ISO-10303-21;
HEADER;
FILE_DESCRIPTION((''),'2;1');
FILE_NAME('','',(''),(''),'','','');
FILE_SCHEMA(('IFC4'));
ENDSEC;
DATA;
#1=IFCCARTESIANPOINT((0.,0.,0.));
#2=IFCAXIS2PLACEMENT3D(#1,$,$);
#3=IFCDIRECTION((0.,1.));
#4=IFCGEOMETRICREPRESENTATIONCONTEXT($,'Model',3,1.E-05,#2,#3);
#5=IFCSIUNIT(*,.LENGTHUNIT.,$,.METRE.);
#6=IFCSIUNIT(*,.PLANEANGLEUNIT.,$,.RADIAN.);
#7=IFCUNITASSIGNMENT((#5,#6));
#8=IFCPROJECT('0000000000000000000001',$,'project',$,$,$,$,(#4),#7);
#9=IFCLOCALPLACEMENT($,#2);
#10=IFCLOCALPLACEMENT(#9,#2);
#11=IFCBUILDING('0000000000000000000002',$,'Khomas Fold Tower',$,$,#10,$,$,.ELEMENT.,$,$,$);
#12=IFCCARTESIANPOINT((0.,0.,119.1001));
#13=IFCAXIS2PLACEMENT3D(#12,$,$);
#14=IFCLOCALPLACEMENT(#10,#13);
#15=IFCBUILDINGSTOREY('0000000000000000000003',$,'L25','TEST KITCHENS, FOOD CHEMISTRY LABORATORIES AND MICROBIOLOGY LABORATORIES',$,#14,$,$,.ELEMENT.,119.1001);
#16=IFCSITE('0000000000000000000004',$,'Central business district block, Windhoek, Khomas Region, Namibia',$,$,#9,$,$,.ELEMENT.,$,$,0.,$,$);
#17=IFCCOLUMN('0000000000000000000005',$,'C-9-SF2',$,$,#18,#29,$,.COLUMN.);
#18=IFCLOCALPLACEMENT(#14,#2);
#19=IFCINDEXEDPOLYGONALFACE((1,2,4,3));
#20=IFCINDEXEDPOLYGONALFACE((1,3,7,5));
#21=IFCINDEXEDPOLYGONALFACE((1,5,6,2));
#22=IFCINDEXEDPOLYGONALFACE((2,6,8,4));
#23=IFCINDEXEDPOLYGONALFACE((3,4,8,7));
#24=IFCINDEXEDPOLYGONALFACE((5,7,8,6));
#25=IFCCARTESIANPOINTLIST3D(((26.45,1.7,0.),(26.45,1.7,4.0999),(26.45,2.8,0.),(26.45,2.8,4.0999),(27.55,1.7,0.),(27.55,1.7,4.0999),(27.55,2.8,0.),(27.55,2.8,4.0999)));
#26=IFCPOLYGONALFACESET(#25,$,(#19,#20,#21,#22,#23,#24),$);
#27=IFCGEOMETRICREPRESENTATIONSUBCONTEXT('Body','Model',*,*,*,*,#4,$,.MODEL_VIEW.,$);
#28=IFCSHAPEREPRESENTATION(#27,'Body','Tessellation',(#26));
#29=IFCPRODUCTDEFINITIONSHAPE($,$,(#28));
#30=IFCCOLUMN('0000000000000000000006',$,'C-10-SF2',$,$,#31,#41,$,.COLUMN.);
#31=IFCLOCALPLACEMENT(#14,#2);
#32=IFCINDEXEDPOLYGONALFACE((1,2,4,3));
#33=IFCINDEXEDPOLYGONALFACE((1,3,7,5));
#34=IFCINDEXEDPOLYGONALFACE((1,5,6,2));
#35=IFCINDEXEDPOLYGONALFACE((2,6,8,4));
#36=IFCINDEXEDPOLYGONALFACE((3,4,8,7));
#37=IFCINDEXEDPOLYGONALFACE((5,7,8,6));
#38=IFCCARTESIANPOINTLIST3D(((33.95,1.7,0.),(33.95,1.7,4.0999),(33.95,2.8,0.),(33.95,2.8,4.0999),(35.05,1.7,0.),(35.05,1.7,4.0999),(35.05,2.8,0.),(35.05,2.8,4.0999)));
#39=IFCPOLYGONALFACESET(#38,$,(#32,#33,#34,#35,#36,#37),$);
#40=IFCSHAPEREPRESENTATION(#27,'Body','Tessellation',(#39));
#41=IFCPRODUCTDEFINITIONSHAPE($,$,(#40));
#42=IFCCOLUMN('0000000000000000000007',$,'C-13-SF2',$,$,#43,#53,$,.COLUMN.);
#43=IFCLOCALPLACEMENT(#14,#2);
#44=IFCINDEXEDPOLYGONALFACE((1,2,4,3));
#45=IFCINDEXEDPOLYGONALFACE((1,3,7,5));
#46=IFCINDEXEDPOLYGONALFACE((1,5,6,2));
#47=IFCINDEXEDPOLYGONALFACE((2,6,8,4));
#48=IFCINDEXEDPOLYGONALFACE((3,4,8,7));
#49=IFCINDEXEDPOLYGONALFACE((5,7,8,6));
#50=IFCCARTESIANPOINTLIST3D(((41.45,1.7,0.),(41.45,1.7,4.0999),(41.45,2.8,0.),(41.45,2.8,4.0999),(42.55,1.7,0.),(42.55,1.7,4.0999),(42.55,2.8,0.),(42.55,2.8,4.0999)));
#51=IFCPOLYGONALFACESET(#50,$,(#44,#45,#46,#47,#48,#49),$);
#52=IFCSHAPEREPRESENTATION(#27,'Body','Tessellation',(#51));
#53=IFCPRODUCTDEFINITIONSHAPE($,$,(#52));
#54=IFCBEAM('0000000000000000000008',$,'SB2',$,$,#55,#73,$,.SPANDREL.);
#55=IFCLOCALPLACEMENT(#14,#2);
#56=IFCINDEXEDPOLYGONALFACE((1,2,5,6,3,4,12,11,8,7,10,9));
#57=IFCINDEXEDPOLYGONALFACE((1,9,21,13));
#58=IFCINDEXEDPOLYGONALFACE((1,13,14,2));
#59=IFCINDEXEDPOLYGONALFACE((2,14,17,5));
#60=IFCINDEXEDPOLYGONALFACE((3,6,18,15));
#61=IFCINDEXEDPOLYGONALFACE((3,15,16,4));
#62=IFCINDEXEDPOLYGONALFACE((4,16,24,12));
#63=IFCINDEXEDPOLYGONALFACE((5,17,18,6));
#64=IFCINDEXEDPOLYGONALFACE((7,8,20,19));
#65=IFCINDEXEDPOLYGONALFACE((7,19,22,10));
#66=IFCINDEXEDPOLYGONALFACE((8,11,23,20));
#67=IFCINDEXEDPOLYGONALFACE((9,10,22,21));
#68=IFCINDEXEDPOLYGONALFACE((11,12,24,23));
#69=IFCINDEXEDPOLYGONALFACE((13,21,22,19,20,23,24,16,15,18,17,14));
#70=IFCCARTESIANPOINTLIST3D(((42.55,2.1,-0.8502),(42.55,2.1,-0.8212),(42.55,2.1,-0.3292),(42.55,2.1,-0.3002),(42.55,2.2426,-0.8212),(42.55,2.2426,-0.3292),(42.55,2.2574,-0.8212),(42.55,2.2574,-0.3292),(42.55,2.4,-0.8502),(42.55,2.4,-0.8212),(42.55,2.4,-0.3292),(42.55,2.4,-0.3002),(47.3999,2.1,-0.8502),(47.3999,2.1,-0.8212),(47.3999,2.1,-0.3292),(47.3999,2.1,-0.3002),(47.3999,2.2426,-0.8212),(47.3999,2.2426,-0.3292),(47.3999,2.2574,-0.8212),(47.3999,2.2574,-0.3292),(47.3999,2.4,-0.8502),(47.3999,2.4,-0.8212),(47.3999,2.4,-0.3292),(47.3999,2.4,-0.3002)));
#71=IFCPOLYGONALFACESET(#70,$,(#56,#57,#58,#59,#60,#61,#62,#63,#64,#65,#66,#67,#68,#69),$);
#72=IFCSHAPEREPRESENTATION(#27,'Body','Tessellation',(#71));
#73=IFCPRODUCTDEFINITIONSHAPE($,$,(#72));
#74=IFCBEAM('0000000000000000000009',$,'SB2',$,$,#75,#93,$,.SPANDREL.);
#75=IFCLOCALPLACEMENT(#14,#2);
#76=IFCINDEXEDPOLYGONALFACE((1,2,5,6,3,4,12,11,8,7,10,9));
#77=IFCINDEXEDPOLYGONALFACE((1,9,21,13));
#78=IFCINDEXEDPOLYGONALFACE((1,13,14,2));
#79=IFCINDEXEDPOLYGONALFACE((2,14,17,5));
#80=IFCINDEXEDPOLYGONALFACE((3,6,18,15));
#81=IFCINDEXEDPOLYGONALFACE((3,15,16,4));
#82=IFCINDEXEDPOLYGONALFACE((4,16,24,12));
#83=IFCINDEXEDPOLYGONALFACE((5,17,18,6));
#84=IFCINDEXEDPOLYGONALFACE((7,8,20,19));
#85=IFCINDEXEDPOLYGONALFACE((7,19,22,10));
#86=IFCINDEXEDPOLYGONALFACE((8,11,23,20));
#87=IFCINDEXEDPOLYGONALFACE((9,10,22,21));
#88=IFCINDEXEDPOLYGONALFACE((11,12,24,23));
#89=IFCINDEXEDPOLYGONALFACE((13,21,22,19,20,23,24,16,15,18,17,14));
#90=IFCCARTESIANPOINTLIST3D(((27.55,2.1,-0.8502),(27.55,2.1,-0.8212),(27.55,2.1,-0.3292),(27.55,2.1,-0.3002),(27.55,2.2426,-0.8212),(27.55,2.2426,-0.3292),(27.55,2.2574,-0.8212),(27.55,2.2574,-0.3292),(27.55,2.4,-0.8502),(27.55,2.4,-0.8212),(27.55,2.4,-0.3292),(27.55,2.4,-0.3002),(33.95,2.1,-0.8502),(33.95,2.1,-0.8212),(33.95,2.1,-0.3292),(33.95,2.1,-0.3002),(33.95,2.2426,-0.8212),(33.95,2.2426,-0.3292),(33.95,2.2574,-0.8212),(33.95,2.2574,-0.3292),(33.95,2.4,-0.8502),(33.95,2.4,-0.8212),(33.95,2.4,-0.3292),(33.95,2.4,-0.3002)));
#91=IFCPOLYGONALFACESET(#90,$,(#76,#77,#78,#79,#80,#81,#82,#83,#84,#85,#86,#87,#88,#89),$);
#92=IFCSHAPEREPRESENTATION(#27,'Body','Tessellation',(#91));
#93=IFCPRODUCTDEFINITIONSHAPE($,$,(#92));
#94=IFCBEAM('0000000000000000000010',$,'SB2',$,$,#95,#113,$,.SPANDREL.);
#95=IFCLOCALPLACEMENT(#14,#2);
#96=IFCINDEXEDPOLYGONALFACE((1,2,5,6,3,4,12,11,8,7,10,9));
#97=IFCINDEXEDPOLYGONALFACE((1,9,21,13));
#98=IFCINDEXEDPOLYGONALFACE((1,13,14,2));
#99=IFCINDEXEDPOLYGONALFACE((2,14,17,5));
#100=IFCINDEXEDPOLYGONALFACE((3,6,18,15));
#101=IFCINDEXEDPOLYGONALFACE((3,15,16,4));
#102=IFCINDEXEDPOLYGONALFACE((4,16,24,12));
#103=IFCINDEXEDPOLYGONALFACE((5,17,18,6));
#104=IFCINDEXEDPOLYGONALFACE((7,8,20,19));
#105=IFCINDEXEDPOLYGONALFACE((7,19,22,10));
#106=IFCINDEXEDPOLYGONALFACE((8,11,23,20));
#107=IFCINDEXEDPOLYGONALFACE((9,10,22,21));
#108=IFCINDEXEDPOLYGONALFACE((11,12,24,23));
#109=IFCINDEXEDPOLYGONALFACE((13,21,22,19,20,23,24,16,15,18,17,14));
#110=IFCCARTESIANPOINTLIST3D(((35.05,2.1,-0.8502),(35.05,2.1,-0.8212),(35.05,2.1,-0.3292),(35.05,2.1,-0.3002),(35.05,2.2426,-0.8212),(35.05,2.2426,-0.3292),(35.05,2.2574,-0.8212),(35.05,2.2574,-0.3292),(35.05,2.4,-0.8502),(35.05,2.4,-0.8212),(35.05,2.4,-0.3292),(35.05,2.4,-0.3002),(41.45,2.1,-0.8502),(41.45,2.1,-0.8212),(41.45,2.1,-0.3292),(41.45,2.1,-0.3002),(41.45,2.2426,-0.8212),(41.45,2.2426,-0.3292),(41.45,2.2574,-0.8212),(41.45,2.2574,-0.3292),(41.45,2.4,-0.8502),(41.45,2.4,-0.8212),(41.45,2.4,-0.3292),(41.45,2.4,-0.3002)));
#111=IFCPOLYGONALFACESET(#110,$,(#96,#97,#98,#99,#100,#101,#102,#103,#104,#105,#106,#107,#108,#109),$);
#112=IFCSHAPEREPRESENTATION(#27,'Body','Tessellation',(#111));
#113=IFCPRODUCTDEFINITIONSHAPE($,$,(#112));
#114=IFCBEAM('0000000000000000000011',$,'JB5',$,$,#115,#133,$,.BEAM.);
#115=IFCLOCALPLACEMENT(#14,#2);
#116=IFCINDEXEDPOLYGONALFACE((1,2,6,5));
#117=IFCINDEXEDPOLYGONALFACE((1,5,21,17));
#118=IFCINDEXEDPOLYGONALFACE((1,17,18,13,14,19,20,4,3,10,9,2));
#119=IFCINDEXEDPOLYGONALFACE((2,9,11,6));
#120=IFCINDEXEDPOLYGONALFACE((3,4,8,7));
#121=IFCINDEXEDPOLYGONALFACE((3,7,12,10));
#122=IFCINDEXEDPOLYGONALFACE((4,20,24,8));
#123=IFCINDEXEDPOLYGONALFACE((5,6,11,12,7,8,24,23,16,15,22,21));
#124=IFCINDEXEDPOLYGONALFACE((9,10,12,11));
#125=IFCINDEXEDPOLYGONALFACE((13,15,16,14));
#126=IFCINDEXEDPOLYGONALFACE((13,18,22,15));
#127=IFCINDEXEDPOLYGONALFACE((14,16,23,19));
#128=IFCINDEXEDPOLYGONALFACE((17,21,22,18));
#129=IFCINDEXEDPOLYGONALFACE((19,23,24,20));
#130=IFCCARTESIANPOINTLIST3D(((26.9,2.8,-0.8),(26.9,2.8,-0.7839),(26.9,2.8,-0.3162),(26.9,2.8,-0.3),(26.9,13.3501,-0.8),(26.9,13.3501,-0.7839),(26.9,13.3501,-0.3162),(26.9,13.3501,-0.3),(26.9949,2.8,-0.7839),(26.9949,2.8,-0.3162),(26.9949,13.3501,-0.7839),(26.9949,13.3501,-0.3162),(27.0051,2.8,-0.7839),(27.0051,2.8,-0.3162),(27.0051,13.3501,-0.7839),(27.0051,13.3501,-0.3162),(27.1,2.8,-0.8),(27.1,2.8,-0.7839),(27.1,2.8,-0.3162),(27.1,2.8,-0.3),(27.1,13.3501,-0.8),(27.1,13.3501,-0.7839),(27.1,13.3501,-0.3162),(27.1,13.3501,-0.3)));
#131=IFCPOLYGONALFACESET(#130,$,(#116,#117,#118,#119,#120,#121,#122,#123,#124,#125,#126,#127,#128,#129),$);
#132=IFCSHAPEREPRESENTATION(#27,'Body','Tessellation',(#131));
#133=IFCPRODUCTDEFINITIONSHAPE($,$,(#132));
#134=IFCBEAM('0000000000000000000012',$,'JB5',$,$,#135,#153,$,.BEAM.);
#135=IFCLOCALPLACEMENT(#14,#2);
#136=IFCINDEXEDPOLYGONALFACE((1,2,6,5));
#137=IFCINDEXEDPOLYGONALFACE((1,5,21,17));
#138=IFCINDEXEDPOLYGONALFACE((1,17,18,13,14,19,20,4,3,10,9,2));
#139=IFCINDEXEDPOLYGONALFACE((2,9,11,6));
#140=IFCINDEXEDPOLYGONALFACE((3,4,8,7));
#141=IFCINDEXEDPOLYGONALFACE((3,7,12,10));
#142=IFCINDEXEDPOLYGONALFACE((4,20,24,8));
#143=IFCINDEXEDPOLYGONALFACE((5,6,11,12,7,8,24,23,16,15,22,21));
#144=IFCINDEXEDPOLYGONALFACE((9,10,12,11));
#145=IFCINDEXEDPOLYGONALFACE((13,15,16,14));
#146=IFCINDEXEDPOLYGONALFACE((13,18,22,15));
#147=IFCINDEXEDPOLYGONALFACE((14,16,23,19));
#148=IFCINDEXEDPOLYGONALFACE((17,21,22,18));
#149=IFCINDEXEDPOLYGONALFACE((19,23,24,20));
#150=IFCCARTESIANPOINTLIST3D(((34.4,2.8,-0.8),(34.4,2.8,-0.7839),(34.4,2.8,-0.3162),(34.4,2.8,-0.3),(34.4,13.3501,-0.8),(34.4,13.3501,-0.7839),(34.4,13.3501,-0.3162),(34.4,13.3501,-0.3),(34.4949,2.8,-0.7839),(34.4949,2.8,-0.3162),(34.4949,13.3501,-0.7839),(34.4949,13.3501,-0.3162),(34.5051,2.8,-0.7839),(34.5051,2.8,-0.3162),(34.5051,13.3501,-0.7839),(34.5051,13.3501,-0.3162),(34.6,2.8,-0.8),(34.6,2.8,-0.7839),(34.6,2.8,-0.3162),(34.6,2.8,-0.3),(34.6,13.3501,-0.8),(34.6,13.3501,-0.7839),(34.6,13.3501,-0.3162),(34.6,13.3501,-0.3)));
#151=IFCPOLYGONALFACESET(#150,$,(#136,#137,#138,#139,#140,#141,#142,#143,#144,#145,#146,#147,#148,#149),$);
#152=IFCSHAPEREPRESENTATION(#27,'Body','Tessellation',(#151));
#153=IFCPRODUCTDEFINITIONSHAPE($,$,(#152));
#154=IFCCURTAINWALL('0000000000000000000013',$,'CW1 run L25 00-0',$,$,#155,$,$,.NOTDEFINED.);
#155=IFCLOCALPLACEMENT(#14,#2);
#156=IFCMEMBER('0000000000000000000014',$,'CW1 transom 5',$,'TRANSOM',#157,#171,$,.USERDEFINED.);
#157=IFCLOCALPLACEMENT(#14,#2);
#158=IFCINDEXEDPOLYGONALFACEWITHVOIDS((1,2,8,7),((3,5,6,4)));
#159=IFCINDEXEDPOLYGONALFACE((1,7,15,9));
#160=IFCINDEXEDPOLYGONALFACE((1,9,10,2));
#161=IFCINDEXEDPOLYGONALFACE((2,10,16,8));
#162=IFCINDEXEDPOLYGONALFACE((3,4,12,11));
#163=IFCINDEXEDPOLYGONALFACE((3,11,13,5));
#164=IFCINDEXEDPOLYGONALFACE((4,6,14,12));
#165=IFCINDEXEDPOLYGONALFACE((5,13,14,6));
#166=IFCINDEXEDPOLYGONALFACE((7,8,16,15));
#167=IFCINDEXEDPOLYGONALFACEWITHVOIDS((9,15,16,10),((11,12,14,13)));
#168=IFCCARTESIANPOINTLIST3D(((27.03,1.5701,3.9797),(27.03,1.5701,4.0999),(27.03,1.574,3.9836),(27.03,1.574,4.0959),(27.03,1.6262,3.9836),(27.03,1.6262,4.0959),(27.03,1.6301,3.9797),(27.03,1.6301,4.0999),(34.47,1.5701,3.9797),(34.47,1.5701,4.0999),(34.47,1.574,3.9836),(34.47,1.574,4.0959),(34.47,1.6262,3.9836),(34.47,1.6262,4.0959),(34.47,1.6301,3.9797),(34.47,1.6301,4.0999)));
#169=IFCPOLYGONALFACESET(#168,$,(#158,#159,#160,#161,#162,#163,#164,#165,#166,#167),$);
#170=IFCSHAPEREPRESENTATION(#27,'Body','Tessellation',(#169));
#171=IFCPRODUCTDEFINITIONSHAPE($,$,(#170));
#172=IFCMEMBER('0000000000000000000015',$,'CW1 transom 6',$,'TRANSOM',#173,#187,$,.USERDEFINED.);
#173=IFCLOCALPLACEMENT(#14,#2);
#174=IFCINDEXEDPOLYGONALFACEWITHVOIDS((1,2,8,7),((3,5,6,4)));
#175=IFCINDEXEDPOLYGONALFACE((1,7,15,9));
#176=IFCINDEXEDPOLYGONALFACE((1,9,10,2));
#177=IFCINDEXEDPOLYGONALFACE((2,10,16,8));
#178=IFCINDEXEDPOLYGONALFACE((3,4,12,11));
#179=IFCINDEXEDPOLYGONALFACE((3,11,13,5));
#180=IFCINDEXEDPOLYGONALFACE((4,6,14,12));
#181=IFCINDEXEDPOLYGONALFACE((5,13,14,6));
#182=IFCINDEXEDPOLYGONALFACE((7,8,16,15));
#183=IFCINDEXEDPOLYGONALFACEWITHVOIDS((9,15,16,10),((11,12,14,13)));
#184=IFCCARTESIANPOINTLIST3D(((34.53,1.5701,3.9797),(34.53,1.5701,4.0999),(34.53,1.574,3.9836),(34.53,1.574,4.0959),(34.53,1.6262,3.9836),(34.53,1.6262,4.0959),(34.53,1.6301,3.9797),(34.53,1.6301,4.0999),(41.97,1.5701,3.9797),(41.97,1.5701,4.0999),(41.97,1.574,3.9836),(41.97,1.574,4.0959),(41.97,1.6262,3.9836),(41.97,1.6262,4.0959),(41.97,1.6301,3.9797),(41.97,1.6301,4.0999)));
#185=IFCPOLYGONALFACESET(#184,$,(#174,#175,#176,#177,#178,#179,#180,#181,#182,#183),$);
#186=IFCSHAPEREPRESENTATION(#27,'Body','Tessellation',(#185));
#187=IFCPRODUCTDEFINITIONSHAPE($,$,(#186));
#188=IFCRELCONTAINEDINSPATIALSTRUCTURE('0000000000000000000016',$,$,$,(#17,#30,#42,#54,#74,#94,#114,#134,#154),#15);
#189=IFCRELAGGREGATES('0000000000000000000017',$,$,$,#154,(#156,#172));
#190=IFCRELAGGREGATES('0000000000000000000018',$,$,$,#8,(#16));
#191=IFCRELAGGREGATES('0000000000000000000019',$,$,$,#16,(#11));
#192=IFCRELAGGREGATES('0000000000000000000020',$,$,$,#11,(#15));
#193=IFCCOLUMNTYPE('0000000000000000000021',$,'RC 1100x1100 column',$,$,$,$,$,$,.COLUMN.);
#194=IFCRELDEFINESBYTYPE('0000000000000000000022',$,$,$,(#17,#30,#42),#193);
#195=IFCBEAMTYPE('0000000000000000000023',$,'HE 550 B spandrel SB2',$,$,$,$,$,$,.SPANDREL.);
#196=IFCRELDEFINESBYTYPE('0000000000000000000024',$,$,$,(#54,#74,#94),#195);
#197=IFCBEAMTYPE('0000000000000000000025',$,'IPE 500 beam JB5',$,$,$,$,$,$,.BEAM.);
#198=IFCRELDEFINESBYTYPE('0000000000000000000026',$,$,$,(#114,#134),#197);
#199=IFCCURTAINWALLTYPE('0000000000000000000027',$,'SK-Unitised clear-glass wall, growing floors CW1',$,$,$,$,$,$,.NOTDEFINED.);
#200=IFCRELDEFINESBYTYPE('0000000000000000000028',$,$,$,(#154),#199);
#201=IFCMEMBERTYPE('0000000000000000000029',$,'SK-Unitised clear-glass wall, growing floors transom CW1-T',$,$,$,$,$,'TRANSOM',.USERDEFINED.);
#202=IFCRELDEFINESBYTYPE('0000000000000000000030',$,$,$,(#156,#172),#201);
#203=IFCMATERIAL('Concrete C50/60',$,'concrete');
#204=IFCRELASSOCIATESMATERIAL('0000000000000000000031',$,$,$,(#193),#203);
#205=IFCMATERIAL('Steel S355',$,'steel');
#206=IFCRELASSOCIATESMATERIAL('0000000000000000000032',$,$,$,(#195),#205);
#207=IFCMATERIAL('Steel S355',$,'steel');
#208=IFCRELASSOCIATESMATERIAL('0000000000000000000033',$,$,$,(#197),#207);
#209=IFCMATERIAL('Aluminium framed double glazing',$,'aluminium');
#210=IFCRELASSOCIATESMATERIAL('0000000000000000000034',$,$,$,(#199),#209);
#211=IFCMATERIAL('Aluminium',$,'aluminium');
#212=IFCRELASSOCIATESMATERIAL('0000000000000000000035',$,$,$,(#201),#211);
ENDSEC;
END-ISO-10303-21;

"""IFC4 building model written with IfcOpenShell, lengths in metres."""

from ifc_helpers import new_model, si_unit, direction, frame, origin, origin_2d, place, context, subcontext, project, spatial, rectangle, hollow_rectangle, i_section, extrude, source, transform, mapped, material, material_profile, profile_set, type_object, element, aggregate, save


model = new_model("IFC4")

# Units and contexts
model_context = context("Model", 3, precision=1e-05, world=origin(), true_north=direction((0.0, 1.0)))
body_context = subcontext(model_context, "Body", "Model", "MODEL_VIEW")
ifc_project = project(units=[si_unit("LENGTHUNIT", "METRE"), si_unit("PLANEANGLEUNIT", "RADIAN")], contexts=[model_context])

# Site, building, storey
site_placement = place(None, origin())
site = spatial("IfcSite", under=ifc_project, at=site_placement, Name="Central business district block, Windhoek, Khomas Region, Namibia", CompositionType="ELEMENT", RefElevation=0.0)
building_placement = place(site_placement, origin())
building = spatial("IfcBuilding", under=site, at=building_placement, Name="Khomas Fold Tower", CompositionType="ELEMENT")
storey_placement = place(building_placement, frame((0.0, 0.0, 119.1001)))
storey = spatial("IfcBuildingStorey", under=building, at=storey_placement, Name="L25", Description="TEST KITCHENS, FOOD CHEMISTRY LABORATORIES AND MICROBIOLOGY LABORATORIES", CompositionType="ELEMENT", Elevation=119.1001)

# Columns
ifc_material_1 = material(Name="Concrete C50/60", Category="concrete")
ifc_material_profile_1 = material_profile(ifc_material_1, rectangle(XDim=1.1001, YDim=1.1001, at=origin_2d()), Name="RC 1100x1100")
ifc_profile_set_1 = profile_set([ifc_material_profile_1], Name="Concrete C50/60")
column_type = type_object("IfcColumnType", Name="RC 1100x1100 column", PredefinedType="COLUMN", material=ifc_profile_set_1)
shared_shape_1 = source(origin(), body_context, "Body", "SweptSolid", [
    extrude(rectangle(XDim=1.1001, YDim=1.1001, at=origin_2d()), origin(), (0.0, 0.0, 1.0), 4.0999),
])
for number, where, z_axis, x_axis, name in (
    (1, (27.0, 2.25, 0.0), (0.0, 0.0, 1.0), (1.0, 0.0, 0.0), "C-9-SF2"),
    (2, (34.5, 2.25, 0.0), (0.0, 0.0, 1.0), (1.0, 0.0, 0.0), "C-10-SF2"),
    (3, (42.0, 2.25, 0.0), (0.0, 0.0, 1.0), (1.0, 0.0, 0.0), "C-13-SF2"),
):
    element("IfcColumn", number, at=place(storey_placement, frame(where, z_axis=z_axis, x_axis=x_axis)), inside=storey, type_object=column_type, Name=name, PredefinedType="COLUMN", context=body_context, shape_type="MappedRepresentation", body=[
        mapped(shared_shape_1, transform((0.0, 0.0, 0.0))),
    ])

# Beams
ifc_material_2 = material(Name="Steel S355", Category="steel")
ifc_material_profile_2 = material_profile(ifc_material_2, i_section(OverallWidth=0.3, OverallDepth=0.55, WebThickness=0.0149, FlangeThickness=0.0291, at=origin_2d()), Name="HE 550 B")
ifc_profile_set_2 = profile_set([ifc_material_profile_2], Name="Steel S355")
beam_type_1 = type_object("IfcBeamType", Name="HE 550 B spandrel SB2", PredefinedType="SPANDREL", material=ifc_profile_set_2)
shared_shape_2 = source(origin(), body_context, "Body", "SweptSolid", [
    extrude(i_section(OverallWidth=0.3, OverallDepth=0.55, WebThickness=0.0149, FlangeThickness=0.0291, at=origin_2d()), origin(), (0.0, 0.0, 1.0), 4.8499),
])
beam_placement = place(storey_placement, frame((42.55, 2.25, -0.5752), z_axis=(1.0, 0.0, 0.0), x_axis=(0.0, 1.0, 0.0)))
element("IfcBeam", 4, at=beam_placement, inside=storey, type_object=beam_type_1, Name="SB2", PredefinedType="SPANDREL", context=body_context, shape_type="MappedRepresentation", body=[
    mapped(shared_shape_2, transform((0.0, 0.0, 0.0))),
])
shared_shape_3 = source(origin(), body_context, "Body", "SweptSolid", [
    extrude(i_section(OverallWidth=0.3, OverallDepth=0.55, WebThickness=0.0149, FlangeThickness=0.0291, at=origin_2d()), origin(), (0.0, 0.0, 1.0), 6.3999),
])
for number, where, z_axis, x_axis, name in (
    (5, (27.55, 2.25, -0.5752), (1.0, 0.0, 0.0), (0.0, 1.0, 0.0), "SB2"),
    (6, (35.05, 2.25, -0.5752), (1.0, 0.0, 0.0), (0.0, 1.0, 0.0), "SB2"),
):
    element("IfcBeam", number, at=place(storey_placement, frame(where, z_axis=z_axis, x_axis=x_axis)), inside=storey, type_object=beam_type_1, Name=name, PredefinedType="SPANDREL", context=body_context, shape_type="MappedRepresentation", body=[
        mapped(shared_shape_3, transform((0.0, 0.0, 0.0))),
    ])
ifc_material_3 = material(Name="Steel S355", Category="steel")
ifc_material_profile_3 = material_profile(ifc_material_3, i_section(OverallWidth=0.2, OverallDepth=0.5, WebThickness=0.0103, FlangeThickness=0.0161, at=origin_2d()), Name="IPE 500")
ifc_profile_set_3 = profile_set([ifc_material_profile_3], Name="Steel S355")
beam_type_2 = type_object("IfcBeamType", Name="IPE 500 beam JB5", PredefinedType="BEAM", material=ifc_profile_set_3)
shared_shape_4 = source(origin(), body_context, "Body", "SweptSolid", [
    extrude(i_section(OverallWidth=0.2, OverallDepth=0.5, WebThickness=0.0103, FlangeThickness=0.0161, at=origin_2d()), origin(), (0.0, 0.0, 1.0), 10.55),
])
for number, where, z_axis, x_axis, name in (
    (7, (27.0, 2.8, -0.55), (0.0, 1.0, 0.0), (-1.0, 0.0, 0.0), "JB5"),
    (8, (34.5, 2.8, -0.55), (0.0, 1.0, 0.0), (-1.0, 0.0, 0.0), "JB5"),
):
    element("IfcBeam", number, at=place(storey_placement, frame(where, z_axis=z_axis, x_axis=x_axis)), inside=storey, type_object=beam_type_2, Name=name, PredefinedType="BEAM", context=body_context, shape_type="MappedRepresentation", body=[
        mapped(shared_shape_4, transform((0.0, 0.0, 0.0))),
    ])

# Curtain wall, members
ifc_material_4 = material(Name="Aluminium framed double glazing", Category="aluminium")
curtain_wall_type = type_object("IfcCurtainWallType", Name="SK-Unitised clear-glass wall, growing floors CW1", PredefinedType="NOTDEFINED", material=ifc_material_4)
curtain_wall_placement = place(storey_placement, origin())
curtain_wall = element("IfcCurtainWall", 9, at=curtain_wall_placement, inside=storey, type_object=curtain_wall_type, Name="CW1 run L25 00-0", PredefinedType="NOTDEFINED")
ifc_material_5 = material(Name="Aluminium", Category="aluminium")
ifc_material_profile_4 = material_profile(ifc_material_5, hollow_rectangle(XDim=0.0601, YDim=0.1201, WallThickness=0.0039, at=origin_2d()), Name="SK-Unitised clear-glass wall, growing floors transom CW1-T")
ifc_profile_set_4 = profile_set([ifc_material_profile_4], Name="Aluminium")
member_type_1 = type_object("IfcMemberType", Name="SK-Unitised clear-glass wall, growing floors transom CW1-T", ElementType="TRANSOM", PredefinedType="USERDEFINED", material=ifc_profile_set_4)
shared_shape_5 = source(origin(), body_context, "Body", "SweptSolid", [
    extrude(hollow_rectangle(XDim=0.0601, YDim=0.1201, WallThickness=0.0039, at=origin_2d()), origin(), (0.0, 0.0, 1.0), 7.4399),
])
member_1_placement = place(storey_placement, frame((27.03, 1.6001, 4.0398), z_axis=(1.0, 0.0, 0.0), x_axis=(0.0, 1.0, 0.0)))
member_1 = element("IfcMember", 10, at=member_1_placement, type_object=member_type_1, Name="CW1 transom 5", ObjectType="TRANSOM", PredefinedType="USERDEFINED", context=body_context, shape_type="MappedRepresentation", body=[
    mapped(shared_shape_5, transform((0.0, 0.0, 0.0))),
])
member_2_placement = place(storey_placement, frame((34.53, 1.6001, 4.0398), z_axis=(1.0, 0.0, 0.0), x_axis=(0.0, 1.0, 0.0)))
member_2 = element("IfcMember", 11, at=member_2_placement, type_object=member_type_1, Name="CW1 transom 6", ObjectType="TRANSOM", PredefinedType="USERDEFINED", context=body_context, shape_type="MappedRepresentation", body=[
    mapped(shared_shape_5, transform((0.0, 0.0, 0.0))),
])
aggregate(curtain_wall, [member_1, member_2])

save(model, "model.ifc")
